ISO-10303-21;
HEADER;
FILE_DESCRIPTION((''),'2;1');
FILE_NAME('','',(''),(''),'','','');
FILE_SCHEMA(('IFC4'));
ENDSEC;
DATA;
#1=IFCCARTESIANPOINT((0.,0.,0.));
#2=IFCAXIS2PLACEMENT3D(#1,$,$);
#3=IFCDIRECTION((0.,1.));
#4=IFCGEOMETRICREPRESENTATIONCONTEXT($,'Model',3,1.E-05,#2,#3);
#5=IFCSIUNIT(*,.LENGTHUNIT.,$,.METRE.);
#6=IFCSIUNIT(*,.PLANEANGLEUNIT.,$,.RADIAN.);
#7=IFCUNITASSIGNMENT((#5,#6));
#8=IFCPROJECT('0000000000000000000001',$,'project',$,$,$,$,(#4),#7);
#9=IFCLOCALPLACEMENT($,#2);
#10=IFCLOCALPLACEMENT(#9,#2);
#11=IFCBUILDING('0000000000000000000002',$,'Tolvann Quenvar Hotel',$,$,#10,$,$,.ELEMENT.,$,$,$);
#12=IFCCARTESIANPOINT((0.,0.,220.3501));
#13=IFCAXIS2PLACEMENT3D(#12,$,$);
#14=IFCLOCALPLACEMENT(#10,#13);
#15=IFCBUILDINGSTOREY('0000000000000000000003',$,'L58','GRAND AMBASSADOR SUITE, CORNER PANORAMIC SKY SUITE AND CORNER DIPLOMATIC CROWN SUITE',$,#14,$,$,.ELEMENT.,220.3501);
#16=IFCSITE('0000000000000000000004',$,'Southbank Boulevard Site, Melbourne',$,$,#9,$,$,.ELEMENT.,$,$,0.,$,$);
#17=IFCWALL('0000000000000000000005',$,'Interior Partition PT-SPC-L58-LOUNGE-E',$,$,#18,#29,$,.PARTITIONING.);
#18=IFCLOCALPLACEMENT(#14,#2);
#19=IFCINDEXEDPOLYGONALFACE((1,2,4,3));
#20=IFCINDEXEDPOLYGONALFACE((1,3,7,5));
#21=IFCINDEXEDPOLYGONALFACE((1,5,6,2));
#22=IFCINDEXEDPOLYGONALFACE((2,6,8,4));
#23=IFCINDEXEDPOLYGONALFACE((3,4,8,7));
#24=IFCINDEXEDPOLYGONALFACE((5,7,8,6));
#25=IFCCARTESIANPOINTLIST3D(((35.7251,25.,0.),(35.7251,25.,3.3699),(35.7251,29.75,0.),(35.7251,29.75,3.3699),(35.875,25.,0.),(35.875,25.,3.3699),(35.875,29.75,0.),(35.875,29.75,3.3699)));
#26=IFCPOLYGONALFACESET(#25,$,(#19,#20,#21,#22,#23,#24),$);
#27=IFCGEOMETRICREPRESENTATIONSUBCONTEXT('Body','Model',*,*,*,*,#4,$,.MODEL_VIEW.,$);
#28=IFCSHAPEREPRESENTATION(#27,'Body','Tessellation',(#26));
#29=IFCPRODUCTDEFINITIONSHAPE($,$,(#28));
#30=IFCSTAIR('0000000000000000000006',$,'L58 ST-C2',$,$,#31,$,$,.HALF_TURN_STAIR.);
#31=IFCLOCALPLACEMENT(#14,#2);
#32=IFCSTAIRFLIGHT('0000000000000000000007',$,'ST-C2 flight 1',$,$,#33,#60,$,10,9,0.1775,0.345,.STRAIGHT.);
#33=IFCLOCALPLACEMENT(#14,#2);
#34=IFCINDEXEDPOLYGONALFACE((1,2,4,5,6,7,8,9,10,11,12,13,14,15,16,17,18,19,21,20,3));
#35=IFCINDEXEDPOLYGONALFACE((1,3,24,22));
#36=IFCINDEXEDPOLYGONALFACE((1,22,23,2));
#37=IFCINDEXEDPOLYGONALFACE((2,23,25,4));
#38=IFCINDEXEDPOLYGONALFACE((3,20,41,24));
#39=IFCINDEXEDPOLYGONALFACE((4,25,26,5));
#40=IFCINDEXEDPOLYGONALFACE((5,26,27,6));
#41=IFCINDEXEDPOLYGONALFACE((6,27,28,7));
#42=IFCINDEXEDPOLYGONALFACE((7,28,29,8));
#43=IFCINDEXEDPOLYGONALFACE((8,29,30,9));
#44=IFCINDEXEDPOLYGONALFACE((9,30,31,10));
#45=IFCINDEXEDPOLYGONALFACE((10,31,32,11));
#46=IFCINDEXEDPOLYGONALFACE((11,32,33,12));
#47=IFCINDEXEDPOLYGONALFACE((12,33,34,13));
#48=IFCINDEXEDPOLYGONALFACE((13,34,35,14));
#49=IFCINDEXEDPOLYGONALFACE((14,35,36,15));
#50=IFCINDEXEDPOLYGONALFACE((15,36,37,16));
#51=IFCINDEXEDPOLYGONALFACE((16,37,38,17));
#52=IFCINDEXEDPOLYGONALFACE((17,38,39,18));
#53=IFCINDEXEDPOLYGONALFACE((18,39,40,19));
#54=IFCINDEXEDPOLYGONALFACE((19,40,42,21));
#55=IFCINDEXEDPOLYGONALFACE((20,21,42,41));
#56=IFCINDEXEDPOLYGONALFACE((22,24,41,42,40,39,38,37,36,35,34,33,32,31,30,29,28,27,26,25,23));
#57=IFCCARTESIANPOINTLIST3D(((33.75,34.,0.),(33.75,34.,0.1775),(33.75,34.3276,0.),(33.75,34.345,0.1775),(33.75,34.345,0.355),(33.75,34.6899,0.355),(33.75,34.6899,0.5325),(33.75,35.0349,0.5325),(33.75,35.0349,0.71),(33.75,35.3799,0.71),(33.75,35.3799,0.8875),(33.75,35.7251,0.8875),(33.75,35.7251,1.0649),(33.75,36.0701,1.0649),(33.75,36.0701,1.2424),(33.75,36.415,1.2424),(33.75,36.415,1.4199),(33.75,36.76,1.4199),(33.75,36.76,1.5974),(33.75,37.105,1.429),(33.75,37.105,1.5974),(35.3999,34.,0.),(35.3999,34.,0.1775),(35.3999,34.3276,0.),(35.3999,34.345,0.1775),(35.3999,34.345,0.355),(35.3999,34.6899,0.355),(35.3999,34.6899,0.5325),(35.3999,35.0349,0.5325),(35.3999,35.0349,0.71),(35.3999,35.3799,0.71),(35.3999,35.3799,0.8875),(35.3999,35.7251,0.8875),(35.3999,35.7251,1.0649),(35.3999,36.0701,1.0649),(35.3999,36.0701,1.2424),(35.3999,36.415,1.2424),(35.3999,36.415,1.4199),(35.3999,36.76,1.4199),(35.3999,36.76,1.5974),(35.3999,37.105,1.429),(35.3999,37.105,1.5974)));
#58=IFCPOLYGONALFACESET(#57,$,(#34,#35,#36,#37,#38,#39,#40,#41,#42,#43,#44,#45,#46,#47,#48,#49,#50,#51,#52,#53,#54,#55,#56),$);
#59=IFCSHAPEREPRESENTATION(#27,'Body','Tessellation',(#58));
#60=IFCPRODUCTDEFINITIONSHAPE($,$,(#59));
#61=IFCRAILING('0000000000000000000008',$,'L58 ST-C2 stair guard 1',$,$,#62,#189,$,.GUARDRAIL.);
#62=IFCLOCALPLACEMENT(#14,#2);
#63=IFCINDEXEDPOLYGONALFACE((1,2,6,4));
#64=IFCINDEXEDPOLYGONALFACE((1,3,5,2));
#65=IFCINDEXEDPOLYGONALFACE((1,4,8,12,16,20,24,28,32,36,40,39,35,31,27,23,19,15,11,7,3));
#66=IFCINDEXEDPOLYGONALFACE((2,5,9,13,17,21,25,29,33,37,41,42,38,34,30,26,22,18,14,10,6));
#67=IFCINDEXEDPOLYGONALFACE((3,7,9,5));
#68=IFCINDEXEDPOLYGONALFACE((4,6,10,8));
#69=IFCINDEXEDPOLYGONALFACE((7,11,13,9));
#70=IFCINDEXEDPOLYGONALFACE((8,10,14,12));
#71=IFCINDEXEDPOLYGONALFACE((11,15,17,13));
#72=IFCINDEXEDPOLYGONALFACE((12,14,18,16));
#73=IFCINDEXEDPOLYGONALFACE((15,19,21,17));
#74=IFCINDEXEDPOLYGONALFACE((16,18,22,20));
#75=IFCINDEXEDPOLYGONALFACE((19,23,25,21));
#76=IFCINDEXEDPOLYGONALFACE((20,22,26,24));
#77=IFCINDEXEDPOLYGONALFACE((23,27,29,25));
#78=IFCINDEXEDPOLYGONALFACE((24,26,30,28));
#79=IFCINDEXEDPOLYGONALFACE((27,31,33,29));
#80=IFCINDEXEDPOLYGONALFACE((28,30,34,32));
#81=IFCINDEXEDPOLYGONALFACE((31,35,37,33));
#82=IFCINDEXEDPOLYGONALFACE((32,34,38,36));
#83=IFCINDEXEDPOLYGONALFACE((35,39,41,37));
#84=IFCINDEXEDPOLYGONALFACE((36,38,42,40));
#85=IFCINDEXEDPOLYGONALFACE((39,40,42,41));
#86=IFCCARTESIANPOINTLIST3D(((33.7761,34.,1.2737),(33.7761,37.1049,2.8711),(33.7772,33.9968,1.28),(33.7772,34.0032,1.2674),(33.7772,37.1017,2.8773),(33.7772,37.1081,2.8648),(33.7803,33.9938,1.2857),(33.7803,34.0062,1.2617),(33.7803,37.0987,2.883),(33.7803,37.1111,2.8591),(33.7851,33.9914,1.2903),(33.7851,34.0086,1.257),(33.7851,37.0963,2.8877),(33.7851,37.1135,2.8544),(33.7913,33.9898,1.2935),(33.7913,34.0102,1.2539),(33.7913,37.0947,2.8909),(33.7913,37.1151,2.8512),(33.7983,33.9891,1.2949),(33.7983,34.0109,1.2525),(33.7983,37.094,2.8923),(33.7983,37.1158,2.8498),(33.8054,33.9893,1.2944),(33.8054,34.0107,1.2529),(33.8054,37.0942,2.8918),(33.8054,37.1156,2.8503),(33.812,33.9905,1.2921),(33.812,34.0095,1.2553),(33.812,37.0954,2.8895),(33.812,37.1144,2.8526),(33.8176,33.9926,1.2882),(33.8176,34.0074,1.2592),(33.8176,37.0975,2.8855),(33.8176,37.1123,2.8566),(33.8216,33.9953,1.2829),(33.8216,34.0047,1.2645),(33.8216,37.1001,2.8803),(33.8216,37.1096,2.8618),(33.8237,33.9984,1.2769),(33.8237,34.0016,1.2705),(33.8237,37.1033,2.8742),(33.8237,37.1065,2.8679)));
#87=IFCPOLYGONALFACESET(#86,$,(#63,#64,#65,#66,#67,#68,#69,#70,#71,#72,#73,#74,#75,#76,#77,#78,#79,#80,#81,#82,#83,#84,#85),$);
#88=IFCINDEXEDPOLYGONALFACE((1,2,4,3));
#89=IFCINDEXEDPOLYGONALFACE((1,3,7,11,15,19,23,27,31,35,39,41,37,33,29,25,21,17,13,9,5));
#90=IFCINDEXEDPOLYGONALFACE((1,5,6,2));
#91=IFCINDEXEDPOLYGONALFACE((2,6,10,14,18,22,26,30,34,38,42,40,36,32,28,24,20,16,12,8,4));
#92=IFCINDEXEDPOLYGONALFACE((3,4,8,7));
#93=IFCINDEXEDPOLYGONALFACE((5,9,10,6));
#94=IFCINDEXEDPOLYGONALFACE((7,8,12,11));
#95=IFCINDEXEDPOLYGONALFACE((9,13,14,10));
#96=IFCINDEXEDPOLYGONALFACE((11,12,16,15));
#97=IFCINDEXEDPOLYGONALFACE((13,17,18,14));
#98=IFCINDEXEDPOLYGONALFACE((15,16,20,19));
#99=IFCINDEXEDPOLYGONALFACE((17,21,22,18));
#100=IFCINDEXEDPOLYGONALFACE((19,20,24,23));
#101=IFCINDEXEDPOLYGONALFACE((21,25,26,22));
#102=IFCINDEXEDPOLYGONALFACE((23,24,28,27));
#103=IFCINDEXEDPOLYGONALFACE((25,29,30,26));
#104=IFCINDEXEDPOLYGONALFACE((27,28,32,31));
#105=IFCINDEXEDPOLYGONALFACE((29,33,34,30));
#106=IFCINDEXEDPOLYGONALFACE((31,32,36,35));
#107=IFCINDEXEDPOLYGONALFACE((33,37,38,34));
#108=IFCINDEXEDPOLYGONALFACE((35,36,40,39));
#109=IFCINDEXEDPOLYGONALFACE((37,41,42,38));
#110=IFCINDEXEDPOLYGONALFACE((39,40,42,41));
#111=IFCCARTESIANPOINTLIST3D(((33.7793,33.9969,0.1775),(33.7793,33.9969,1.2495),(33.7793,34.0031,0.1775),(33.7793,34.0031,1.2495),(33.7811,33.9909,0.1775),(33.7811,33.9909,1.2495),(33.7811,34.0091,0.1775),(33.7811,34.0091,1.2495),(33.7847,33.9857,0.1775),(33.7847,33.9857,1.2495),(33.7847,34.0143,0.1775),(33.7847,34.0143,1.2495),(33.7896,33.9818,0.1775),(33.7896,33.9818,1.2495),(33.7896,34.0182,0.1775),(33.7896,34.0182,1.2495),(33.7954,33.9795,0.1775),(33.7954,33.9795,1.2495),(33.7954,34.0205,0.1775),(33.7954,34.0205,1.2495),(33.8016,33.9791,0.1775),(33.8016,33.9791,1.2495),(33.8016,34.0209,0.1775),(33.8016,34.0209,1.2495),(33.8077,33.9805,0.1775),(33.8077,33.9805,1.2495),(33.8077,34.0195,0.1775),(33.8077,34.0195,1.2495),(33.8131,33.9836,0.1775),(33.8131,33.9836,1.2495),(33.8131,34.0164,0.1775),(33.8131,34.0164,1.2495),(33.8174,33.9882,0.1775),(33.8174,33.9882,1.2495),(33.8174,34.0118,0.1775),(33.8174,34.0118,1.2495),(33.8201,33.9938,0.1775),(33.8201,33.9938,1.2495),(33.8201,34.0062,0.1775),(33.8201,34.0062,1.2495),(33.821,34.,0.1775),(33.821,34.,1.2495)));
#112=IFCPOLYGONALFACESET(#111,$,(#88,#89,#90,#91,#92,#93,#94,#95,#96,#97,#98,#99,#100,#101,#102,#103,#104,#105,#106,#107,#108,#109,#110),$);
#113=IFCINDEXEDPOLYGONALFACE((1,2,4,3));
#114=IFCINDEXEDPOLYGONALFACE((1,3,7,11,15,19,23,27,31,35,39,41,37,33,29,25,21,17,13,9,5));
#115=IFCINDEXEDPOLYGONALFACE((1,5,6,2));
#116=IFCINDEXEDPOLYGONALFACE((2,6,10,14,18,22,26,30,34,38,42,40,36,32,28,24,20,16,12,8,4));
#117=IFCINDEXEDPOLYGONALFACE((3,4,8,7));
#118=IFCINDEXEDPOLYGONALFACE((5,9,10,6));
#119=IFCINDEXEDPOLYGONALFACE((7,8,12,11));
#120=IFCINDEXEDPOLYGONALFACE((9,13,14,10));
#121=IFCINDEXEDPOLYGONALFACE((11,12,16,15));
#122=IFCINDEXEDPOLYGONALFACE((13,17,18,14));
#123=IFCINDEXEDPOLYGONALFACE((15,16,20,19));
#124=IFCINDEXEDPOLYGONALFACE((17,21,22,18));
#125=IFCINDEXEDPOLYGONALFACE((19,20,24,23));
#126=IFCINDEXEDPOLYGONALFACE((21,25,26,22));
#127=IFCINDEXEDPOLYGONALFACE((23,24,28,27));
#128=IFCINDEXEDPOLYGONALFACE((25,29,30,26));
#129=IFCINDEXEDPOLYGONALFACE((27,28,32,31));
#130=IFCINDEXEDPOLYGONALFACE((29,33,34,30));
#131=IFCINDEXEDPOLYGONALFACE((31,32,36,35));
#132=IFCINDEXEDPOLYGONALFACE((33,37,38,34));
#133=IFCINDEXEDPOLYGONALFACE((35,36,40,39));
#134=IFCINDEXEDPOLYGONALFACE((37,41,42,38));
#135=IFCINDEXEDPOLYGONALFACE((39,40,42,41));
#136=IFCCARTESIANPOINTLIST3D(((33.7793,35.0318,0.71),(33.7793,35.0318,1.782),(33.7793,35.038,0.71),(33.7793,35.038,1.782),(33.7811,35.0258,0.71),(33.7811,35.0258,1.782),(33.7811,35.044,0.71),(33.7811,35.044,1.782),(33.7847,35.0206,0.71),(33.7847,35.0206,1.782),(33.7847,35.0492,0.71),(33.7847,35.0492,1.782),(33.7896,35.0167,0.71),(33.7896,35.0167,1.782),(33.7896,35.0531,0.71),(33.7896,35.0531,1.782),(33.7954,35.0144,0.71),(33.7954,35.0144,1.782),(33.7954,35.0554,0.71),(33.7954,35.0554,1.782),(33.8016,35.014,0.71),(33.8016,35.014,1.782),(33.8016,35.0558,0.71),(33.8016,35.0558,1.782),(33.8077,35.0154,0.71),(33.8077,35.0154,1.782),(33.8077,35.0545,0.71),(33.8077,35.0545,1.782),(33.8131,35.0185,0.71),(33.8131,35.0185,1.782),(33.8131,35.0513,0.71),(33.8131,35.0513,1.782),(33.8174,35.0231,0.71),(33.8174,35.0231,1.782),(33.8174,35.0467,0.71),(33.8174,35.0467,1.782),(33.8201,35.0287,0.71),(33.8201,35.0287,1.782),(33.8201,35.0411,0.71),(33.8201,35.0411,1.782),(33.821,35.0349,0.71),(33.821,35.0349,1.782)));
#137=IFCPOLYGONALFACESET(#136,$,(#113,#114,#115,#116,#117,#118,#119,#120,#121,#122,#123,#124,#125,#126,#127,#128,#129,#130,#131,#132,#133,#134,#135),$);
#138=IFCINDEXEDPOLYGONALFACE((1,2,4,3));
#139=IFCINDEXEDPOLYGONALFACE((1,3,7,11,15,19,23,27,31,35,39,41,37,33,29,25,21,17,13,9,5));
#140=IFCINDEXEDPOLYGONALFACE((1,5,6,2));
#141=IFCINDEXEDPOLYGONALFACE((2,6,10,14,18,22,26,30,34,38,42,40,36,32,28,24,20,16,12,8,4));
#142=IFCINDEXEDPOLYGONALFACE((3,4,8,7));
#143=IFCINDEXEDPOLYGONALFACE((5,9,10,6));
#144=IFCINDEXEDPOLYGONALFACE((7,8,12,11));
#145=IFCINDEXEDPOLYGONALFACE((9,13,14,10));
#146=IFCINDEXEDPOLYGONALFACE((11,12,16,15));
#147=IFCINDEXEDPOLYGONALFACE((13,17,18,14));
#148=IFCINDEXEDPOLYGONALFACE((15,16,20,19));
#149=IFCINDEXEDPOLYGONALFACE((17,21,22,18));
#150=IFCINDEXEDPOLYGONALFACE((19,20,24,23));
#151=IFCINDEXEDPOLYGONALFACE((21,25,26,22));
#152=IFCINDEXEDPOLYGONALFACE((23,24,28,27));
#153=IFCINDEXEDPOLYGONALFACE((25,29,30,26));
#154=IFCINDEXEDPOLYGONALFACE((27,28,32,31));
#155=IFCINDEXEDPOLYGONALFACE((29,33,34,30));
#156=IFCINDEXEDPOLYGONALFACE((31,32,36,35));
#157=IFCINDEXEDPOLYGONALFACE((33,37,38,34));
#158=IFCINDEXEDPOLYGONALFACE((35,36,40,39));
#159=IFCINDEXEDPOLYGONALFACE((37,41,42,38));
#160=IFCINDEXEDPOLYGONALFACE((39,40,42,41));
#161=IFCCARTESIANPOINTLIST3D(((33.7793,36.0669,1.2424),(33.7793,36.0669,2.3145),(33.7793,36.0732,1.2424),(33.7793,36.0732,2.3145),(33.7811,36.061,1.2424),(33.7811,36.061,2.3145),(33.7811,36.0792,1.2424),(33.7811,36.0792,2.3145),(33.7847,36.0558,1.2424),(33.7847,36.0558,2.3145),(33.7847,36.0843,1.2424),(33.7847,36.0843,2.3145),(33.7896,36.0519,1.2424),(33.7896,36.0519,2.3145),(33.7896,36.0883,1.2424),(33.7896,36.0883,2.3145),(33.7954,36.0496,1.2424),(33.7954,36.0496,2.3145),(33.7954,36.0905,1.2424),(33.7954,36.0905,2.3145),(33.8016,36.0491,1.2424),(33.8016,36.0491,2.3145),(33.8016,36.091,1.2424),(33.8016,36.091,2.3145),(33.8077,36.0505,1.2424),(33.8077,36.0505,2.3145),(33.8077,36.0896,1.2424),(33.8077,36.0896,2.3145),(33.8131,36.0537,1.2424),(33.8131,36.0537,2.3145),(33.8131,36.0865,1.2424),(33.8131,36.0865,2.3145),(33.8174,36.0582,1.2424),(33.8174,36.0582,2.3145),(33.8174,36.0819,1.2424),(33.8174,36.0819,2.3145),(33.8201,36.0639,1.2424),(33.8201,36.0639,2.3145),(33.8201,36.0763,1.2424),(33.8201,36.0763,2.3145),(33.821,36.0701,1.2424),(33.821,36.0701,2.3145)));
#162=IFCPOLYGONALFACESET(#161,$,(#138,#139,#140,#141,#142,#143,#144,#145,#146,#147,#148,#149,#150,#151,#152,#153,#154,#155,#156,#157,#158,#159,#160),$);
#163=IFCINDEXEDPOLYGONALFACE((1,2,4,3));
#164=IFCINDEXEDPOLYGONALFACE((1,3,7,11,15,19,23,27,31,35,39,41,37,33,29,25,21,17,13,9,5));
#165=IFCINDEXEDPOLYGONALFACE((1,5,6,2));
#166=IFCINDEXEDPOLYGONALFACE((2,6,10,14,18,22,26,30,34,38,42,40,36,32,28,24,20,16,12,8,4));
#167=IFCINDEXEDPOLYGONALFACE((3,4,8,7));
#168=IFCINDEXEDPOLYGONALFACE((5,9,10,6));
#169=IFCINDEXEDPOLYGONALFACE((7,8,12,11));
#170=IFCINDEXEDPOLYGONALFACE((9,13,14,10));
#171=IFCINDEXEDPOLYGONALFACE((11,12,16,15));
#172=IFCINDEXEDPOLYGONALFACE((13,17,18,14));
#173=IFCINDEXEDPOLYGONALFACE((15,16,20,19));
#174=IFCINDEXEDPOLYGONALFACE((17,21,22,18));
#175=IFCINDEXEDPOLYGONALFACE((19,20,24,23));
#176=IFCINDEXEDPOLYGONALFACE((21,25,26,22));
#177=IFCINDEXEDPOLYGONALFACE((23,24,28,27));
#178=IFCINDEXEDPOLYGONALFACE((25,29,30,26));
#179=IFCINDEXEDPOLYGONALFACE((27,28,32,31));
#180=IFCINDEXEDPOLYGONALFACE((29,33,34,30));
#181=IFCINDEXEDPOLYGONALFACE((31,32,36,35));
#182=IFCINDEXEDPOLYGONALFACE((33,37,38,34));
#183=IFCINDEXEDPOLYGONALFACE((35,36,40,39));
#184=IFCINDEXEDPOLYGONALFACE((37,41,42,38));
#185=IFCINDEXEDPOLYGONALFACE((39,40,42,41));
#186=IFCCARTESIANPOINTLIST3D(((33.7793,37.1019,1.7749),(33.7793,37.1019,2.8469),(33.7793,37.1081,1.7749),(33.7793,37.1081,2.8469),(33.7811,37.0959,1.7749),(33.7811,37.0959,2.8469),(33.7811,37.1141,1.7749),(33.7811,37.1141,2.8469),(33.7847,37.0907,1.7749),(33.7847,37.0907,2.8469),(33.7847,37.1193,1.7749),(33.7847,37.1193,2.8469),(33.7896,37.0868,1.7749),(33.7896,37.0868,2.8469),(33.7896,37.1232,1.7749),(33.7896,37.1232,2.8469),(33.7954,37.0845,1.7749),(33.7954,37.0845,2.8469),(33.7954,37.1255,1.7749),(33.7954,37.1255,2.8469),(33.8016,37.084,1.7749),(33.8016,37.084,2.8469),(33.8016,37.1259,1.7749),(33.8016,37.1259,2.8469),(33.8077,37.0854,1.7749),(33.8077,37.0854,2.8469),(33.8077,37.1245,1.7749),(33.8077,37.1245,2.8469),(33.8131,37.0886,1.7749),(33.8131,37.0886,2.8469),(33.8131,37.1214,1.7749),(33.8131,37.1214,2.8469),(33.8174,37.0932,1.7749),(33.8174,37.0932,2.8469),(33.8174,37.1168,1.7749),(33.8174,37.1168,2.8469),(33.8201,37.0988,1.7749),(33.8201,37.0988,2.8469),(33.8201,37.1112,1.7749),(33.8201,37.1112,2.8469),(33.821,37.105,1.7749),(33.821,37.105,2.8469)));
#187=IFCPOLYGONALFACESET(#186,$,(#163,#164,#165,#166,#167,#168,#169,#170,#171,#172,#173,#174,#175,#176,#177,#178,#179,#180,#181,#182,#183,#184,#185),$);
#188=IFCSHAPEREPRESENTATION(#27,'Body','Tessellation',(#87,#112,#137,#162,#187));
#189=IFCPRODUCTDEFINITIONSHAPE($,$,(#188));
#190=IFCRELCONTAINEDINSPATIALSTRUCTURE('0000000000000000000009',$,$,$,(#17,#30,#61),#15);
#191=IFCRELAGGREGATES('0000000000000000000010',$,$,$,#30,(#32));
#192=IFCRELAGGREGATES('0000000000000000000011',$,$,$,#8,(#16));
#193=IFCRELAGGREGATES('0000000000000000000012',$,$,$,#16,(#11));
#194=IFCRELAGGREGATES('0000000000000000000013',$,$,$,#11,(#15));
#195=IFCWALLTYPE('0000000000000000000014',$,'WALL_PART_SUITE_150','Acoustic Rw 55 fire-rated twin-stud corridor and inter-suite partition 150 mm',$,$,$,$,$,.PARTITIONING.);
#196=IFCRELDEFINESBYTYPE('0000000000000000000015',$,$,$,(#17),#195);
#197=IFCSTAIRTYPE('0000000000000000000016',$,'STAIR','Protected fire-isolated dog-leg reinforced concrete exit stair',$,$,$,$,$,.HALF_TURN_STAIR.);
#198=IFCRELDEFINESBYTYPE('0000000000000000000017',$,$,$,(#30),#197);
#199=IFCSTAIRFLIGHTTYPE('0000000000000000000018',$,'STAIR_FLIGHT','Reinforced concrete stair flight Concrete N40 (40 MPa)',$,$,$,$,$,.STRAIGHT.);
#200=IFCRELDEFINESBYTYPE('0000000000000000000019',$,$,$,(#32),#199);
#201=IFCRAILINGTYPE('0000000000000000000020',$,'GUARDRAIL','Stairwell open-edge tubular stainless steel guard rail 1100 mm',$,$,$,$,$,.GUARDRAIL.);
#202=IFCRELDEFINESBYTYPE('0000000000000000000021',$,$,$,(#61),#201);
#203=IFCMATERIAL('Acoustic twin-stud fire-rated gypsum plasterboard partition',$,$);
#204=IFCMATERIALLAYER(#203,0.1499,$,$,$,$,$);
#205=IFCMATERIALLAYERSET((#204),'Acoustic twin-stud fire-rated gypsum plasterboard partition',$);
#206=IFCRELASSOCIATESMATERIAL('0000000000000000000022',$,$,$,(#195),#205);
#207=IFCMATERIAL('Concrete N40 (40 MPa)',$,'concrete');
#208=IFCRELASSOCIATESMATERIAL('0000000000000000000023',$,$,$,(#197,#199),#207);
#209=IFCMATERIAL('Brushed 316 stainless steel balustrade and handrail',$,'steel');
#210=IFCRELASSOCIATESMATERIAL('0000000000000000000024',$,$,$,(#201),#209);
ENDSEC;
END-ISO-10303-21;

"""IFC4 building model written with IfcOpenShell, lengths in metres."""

from ifc_helpers import new_model, si_unit, direction, frame, frame_2d, origin, origin_2d, place, context, subcontext, project, spatial, polyline, rectangle, circle, outline, extrude, material, layer, layer_set, type_object, element, aggregate, save


model = new_model("IFC4")

# Units and contexts
model_context = context("Model", 3, precision=1e-05, world=origin(), true_north=direction((0.0, 1.0)))
body_context = subcontext(model_context, "Body", "Model", "MODEL_VIEW")
ifc_project = project(units=[si_unit("LENGTHUNIT", "METRE"), si_unit("PLANEANGLEUNIT", "RADIAN")], contexts=[model_context])

# Site, building, storey
site_placement = place(None, origin())
site = spatial("IfcSite", under=ifc_project, at=site_placement, Name="Southbank Boulevard Site, Melbourne", CompositionType="ELEMENT", RefElevation=0.0)
building_placement = place(site_placement, origin())
building = spatial("IfcBuilding", under=site, at=building_placement, Name="Tolvann Quenvar Hotel", CompositionType="ELEMENT")
storey_placement = place(building_placement, frame((0.0, 0.0, 220.3501)))
storey = spatial("IfcBuildingStorey", under=building, at=storey_placement, Name="L58", Description="GRAND AMBASSADOR SUITE, CORNER PANORAMIC SKY SUITE AND CORNER DIPLOMATIC CROWN SUITE", CompositionType="ELEMENT", Elevation=220.3501)

# Shared definitions
ifc_material_1 = material(Name="Acoustic twin-stud fire-rated gypsum plasterboard partition")
ifc_layer_1 = layer(ifc_material_1, 0.1499)
ifc_layer_set_1 = layer_set([ifc_layer_1], Name="Acoustic twin-stud fire-rated gypsum plasterboard partition")
wall_type_1 = type_object("IfcWallType", Name="WALL_PART_SUITE_150", Description="Acoustic Rw 55 fire-rated twin-stud corridor and inter-suite partition 150 mm", PredefinedType="PARTITIONING", material=ifc_layer_set_1)

# Wall
wall_1_placement = place(storey_placement, frame((35.8, 25.0, 0.0), z_axis=(0.0, 0.0, 1.0), x_axis=(0.0, 1.0, 0.0)))
element("IfcWall", 1, at=wall_1_placement, inside=storey, type_object=wall_type_1, Name="Interior Partition PT-SPC-L58-LOUNGE-E", PredefinedType="PARTITIONING", context=body_context, shape_type="SweptSolid", body=[
    extrude(rectangle(XDim=4.75, YDim=0.1499, at=frame_2d((2.375, 0.0))), origin(), (0.0, 0.0, 1.0), 3.3699),
])

# Stair, stair flight
ifc_material_2 = material(Name="Concrete N40 (40 MPa)", Category="concrete")
stair_type = type_object("IfcStairType", Name="STAIR", Description="Protected fire-isolated dog-leg reinforced concrete exit stair", PredefinedType="HALF_TURN_STAIR", material=ifc_material_2)
stair_placement = place(storey_placement, origin())
stair = element("IfcStair", 2, at=stair_placement, inside=storey, type_object=stair_type, Name="L58 ST-C2", PredefinedType="HALF_TURN_STAIR")
stair_flight_type = type_object("IfcStairFlightType", Name="STAIR_FLIGHT", Description="Reinforced concrete stair flight Concrete N40 (40 MPa)", PredefinedType="STRAIGHT", material=ifc_material_2)
stair_flight_placement = place(storey_placement, frame((34.575, 34.0, 0.0), z_axis=(0.0, 0.0, 1.0), x_axis=(0.0, 1.0, 0.0)))
stair_flight = element("IfcStairFlight", 3, at=stair_flight_placement, type_object=stair_flight_type, Name="ST-C2 flight 1", NumberOfRisers=10, NumberOfTreads=9, PredefinedType="STRAIGHT", RiserHeight=0.1775, TreadLength=0.345, context=body_context, shape_type="SweptSolid", body=[
    extrude(outline(polyline([(0.0, 0.0), (0.0, 0.1775), (0.345, 0.1775), (0.345, 0.355), (0.6899, 0.355), (0.6899, 0.5325), (1.0349, 0.5325), (1.0349, 0.71), (1.3799, 0.71), (1.3799, 0.8875), (1.7251, 0.8875), (1.7251, 1.0649), (2.0701, 1.0649), (2.0701, 1.2424), (2.415, 1.2424), (2.415, 1.4199), (2.76, 1.4199), (2.76, 1.5974), (3.105, 1.5974), (3.105, 1.7749), (3.105, 1.429), (0.3276, 0.0), (0.0, 0.0)])), frame((0.0, 0.825, 0.0), z_axis=(0.0, -1.0, 0.0), x_axis=(1.0, 0.0, 0.0)), (0.0, 0.0, 1.0), 1.6499),
])
aggregate(stair, [stair_flight])

# Railing
ifc_material_3 = material(Name="Brushed 316 stainless steel balustrade and handrail", Category="steel")
railing_type_1 = type_object("IfcRailingType", Name="GUARDRAIL", Description="Stairwell open-edge tubular stainless steel guard rail 1100 mm", PredefinedType="GUARDRAIL", material=ifc_material_3)
railing_1_placement = place(storey_placement, frame((33.8, 34.0, 0.1775)))
element("IfcRailing", 4, at=railing_1_placement, inside=storey, type_object=railing_type_1, Name="L58 ST-C2 stair guard 1", PredefinedType="GUARDRAIL", context=body_context, shape_type="SweptSolid", body=[
    extrude(circle(Radius=0.0239, at=origin_2d()), frame((0.0, 0.0, 1.0962), z_axis=(0.0, 0.889222, 0.457476), x_axis=(-1.0, 0.0, 0.0)), (0.0, 0.0, 1.0), 3.4917),
    extrude(circle(Radius=0.021, at=origin_2d()), origin(), (0.0, 0.0, 1.0), 1.072),
    extrude(circle(Radius=0.021, at=origin_2d()), frame((0.0, 1.0349, 0.5325)), (0.0, 0.0, 1.0), 1.072),
    extrude(circle(Radius=0.021, at=origin_2d()), frame((0.0, 2.0701, 1.0649)), (0.0, 0.0, 1.0), 1.072),
    extrude(circle(Radius=0.021, at=origin_2d()), frame((0.0, 3.105, 1.5974)), (0.0, 0.0, 1.0), 1.072),
])

save(model, "model.ifc")
